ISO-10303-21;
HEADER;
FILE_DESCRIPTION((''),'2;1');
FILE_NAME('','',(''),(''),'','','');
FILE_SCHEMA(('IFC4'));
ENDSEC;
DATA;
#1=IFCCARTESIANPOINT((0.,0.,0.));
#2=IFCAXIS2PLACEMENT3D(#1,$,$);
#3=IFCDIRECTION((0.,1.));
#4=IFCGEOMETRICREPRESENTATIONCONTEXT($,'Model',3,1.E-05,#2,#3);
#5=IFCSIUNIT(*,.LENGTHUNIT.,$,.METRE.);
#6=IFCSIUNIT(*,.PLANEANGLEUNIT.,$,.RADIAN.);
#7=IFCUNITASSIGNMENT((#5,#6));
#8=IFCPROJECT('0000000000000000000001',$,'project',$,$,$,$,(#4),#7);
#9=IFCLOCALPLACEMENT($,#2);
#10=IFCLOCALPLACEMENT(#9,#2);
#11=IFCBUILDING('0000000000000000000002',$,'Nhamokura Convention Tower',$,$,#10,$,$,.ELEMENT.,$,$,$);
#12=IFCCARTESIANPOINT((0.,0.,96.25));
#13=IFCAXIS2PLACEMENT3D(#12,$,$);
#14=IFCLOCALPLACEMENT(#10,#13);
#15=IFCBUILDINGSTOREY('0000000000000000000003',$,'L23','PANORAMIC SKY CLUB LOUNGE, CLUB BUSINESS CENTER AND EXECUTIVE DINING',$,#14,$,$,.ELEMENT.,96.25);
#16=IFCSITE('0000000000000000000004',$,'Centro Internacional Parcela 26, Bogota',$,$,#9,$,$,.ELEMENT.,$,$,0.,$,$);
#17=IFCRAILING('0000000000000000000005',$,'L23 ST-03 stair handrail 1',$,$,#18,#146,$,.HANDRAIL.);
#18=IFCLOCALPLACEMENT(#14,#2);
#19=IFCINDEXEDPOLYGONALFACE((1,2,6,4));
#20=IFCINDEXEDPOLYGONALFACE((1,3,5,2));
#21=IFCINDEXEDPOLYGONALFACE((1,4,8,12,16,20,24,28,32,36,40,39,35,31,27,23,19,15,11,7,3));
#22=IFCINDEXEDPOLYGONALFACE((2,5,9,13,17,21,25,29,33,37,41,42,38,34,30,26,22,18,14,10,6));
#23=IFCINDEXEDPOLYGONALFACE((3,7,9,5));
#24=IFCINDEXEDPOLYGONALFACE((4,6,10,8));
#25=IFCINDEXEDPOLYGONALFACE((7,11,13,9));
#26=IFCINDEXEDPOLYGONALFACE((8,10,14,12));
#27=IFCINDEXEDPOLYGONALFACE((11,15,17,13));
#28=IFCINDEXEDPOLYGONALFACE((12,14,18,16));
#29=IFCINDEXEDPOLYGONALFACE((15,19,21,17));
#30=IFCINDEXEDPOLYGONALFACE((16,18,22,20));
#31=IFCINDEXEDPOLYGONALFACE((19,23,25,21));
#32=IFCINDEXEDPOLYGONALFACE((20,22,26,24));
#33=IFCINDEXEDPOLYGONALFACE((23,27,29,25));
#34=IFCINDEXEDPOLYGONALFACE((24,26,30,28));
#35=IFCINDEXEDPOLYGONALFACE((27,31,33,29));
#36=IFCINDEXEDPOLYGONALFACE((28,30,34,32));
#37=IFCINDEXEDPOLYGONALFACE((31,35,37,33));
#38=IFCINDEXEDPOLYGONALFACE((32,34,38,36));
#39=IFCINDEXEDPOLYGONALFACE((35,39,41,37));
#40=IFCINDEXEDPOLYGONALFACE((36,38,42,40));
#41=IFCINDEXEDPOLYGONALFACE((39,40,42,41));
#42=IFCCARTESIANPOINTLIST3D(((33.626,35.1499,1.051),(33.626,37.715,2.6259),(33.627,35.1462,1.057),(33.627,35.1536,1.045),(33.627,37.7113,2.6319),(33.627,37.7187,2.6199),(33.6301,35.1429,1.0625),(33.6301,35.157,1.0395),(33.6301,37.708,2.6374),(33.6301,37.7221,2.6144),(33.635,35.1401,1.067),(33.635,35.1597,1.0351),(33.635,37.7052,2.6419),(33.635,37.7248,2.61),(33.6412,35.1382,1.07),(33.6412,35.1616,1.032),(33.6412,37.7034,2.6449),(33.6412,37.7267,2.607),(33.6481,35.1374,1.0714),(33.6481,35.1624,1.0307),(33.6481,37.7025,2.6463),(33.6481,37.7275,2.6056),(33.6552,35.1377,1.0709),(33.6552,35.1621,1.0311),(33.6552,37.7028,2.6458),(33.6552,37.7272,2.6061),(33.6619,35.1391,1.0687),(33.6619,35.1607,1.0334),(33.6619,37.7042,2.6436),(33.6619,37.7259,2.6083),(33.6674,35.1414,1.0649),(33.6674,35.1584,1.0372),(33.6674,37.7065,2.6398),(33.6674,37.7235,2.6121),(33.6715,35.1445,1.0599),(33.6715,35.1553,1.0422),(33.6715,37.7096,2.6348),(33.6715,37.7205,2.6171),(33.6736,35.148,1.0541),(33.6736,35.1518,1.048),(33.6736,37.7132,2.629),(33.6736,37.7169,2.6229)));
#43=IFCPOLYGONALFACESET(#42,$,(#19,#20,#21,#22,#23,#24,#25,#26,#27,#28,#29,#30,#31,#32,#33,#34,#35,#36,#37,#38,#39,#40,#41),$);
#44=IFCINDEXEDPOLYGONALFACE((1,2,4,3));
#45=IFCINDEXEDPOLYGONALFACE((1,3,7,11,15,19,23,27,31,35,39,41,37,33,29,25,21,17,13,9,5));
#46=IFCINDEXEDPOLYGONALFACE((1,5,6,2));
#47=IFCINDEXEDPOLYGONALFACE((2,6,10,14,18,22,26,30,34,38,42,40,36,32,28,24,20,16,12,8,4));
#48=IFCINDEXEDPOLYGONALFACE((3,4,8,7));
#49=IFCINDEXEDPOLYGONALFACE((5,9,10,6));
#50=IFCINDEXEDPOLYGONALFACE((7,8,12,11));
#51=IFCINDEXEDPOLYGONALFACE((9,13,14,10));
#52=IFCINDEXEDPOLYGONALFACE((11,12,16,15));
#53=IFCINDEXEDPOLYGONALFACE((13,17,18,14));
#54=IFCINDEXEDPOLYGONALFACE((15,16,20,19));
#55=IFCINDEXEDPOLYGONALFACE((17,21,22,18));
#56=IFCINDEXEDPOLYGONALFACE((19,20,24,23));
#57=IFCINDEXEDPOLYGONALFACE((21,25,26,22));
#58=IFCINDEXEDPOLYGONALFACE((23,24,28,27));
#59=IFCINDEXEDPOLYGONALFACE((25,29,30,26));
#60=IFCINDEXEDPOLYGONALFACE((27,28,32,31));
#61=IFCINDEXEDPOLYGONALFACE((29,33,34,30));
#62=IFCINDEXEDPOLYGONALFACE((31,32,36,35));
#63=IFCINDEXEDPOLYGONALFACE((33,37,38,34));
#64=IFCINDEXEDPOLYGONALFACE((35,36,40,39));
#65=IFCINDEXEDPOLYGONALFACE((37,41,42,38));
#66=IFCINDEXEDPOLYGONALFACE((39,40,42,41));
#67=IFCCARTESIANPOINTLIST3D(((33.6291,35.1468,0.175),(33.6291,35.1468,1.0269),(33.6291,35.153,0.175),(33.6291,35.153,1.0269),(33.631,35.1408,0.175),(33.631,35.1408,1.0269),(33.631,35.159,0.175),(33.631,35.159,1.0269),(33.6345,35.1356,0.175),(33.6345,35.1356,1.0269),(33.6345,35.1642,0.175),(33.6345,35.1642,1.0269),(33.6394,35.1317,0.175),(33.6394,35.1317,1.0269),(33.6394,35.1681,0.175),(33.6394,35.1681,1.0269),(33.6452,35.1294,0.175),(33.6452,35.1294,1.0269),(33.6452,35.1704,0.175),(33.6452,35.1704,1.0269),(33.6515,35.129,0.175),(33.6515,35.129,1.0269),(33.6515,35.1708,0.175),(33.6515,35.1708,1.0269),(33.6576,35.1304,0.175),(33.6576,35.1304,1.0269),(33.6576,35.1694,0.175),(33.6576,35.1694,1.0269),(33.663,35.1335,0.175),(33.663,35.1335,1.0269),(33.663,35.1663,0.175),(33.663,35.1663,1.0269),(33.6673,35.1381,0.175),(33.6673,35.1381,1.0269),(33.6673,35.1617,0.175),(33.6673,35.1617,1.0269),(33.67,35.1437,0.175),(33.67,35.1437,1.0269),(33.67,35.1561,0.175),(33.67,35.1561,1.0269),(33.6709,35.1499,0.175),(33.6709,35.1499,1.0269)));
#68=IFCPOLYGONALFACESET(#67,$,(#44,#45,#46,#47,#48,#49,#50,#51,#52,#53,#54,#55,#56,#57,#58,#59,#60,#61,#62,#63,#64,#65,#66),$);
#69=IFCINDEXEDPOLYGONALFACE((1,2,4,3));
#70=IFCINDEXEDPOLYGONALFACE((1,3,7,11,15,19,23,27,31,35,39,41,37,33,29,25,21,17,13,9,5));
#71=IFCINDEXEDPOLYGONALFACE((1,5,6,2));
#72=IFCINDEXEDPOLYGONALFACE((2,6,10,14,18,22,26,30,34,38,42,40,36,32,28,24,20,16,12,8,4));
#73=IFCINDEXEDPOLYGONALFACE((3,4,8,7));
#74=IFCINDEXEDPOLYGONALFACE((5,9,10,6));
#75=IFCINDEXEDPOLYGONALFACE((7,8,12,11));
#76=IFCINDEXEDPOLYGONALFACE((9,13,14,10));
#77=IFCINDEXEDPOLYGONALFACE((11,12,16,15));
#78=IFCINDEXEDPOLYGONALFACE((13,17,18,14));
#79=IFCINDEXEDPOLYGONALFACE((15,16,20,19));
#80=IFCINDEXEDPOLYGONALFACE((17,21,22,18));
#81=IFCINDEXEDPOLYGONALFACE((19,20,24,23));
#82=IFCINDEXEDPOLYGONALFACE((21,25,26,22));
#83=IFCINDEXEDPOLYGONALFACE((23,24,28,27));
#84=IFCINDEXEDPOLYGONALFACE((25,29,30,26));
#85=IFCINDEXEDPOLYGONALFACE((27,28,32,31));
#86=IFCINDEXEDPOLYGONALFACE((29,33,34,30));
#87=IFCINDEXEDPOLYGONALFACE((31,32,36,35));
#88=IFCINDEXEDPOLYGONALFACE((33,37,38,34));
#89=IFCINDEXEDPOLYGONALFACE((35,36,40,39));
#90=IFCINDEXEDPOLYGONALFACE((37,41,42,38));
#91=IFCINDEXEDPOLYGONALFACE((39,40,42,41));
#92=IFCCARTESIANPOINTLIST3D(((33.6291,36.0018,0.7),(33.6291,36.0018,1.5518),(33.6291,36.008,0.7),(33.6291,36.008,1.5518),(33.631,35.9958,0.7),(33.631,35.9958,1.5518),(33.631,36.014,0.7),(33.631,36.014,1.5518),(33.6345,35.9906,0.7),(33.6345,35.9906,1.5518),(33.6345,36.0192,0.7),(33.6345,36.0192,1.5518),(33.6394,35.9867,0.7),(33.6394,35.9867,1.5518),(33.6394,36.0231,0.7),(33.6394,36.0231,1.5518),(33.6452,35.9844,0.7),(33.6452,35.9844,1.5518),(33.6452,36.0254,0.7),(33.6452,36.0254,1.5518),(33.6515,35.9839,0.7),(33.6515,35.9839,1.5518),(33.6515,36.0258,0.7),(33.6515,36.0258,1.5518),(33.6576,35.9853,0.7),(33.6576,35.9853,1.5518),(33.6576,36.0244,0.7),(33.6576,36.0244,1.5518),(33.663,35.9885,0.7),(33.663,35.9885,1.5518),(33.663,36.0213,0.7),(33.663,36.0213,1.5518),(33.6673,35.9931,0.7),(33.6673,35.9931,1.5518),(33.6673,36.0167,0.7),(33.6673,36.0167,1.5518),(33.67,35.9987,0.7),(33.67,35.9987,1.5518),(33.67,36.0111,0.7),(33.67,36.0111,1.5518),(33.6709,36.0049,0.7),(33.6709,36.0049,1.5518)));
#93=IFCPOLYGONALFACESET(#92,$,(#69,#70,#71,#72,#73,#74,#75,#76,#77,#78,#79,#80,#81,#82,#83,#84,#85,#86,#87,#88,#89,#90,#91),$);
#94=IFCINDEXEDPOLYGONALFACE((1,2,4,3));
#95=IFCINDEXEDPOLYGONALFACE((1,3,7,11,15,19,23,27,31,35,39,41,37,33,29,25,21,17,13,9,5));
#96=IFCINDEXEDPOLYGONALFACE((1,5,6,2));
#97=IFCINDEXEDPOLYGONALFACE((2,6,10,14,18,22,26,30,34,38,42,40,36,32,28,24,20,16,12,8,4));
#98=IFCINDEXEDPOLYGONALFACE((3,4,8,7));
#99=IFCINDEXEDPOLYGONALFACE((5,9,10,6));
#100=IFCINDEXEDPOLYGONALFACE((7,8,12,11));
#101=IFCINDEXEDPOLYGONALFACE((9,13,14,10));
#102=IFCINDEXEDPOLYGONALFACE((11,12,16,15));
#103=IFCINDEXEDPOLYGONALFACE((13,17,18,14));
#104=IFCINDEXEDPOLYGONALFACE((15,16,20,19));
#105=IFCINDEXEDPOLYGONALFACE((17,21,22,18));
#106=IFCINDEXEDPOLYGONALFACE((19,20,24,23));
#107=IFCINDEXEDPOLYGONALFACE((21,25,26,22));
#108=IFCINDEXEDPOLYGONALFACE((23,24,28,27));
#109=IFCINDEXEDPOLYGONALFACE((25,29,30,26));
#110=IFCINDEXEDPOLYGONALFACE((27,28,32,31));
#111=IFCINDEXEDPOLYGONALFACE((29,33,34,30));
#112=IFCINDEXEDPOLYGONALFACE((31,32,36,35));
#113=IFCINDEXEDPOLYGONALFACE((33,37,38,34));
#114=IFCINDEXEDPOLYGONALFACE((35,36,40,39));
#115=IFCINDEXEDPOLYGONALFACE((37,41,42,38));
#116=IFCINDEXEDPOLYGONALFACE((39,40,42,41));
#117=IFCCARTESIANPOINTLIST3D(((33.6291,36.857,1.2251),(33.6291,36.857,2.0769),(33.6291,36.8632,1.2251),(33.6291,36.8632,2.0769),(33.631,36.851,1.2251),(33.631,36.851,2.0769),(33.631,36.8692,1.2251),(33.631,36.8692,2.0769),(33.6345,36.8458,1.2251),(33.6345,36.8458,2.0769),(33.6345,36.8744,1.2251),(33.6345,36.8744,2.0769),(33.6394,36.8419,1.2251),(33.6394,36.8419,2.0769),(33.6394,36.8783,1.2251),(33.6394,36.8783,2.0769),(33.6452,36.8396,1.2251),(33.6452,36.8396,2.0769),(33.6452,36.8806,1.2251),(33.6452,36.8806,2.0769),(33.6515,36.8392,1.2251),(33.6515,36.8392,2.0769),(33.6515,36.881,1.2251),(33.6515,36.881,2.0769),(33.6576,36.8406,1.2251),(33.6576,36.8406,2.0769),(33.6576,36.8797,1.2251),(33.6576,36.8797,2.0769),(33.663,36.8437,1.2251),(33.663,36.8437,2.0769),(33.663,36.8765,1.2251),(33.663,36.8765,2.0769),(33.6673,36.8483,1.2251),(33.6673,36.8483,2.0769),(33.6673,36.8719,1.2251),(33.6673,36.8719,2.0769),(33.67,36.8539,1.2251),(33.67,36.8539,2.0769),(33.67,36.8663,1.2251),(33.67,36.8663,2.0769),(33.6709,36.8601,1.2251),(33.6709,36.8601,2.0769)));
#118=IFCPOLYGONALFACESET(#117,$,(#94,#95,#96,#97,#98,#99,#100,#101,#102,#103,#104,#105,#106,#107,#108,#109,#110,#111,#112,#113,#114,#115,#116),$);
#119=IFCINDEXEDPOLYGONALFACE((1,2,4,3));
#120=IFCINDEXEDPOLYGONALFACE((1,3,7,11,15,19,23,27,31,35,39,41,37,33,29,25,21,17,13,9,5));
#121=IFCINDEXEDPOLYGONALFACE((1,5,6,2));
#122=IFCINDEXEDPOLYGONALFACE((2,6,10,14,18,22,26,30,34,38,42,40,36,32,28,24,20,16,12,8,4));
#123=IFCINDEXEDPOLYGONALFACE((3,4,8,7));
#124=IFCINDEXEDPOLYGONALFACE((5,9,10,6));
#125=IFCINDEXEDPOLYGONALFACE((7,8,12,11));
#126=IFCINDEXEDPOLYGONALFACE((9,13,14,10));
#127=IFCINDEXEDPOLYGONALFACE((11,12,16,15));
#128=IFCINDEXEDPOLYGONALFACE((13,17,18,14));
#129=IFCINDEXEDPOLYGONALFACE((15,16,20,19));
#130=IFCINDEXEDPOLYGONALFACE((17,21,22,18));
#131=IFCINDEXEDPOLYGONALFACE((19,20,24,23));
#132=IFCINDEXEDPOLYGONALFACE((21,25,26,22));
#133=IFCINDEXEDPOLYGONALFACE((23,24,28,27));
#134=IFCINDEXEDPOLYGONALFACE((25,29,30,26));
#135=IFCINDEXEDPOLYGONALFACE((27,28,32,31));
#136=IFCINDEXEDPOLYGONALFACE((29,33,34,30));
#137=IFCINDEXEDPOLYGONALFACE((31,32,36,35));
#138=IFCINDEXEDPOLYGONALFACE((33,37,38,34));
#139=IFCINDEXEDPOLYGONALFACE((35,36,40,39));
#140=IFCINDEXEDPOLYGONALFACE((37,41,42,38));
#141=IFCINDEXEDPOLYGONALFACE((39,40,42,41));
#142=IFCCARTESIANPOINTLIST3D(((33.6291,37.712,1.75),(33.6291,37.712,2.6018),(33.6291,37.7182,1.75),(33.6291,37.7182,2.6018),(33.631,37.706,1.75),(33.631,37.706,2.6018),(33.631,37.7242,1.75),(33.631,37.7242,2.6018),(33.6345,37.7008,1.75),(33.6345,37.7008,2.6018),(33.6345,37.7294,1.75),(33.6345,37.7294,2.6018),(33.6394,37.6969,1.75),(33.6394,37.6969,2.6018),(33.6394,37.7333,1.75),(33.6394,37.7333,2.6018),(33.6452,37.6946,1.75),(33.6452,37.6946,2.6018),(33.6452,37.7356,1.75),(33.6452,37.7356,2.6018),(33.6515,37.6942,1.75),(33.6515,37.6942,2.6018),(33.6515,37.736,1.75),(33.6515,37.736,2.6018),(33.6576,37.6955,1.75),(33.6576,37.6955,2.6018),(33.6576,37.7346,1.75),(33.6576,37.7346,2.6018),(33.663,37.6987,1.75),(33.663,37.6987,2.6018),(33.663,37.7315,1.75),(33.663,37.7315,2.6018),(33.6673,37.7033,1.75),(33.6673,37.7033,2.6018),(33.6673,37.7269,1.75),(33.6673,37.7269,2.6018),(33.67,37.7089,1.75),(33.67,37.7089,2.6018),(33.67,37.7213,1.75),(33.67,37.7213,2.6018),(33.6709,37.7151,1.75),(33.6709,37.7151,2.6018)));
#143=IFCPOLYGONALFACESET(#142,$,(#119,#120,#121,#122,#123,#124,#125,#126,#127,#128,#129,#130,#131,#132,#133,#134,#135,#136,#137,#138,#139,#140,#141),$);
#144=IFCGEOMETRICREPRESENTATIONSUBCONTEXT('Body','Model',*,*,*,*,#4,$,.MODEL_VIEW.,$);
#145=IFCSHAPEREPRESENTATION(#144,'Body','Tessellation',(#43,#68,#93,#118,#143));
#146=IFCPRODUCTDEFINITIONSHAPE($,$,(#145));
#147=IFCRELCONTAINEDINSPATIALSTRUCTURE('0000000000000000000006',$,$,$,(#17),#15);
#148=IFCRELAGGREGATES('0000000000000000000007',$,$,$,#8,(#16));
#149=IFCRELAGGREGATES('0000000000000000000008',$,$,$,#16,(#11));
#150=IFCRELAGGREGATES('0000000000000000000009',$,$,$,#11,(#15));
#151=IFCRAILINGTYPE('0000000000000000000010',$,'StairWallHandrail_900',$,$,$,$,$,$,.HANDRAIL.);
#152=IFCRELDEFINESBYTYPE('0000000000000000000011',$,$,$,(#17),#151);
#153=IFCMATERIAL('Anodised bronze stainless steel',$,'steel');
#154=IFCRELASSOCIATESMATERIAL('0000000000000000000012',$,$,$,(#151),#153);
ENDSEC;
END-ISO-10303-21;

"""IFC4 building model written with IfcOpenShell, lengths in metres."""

from ifc_helpers import new_model, si_unit, direction, frame, origin, origin_2d, place, context, subcontext, project, spatial, circle, extrude, material, type_object, element, save


model = new_model("IFC4")

# Units and contexts
model_context = context("Model", 3, precision=1e-05, world=origin(), true_north=direction((0.0, 1.0)))
body_context = subcontext(model_context, "Body", "Model", "MODEL_VIEW")
ifc_project = project(units=[si_unit("LENGTHUNIT", "METRE"), si_unit("PLANEANGLEUNIT", "RADIAN")], contexts=[model_context])

# Site, building, storey
site_placement = place(None, origin())
site = spatial("IfcSite", under=ifc_project, at=site_placement, Name="Centro Internacional Parcela 26, Bogota", CompositionType="ELEMENT", RefElevation=0.0)
building_placement = place(site_placement, origin())
building = spatial("IfcBuilding", under=site, at=building_placement, Name="Nhamokura Convention Tower", CompositionType="ELEMENT")
storey_placement = place(building_placement, frame((0.0, 0.0, 96.25)))
storey = spatial("IfcBuildingStorey", under=building, at=storey_placement, Name="L23", Description="PANORAMIC SKY CLUB LOUNGE, CLUB BUSINESS CENTER AND EXECUTIVE DINING", CompositionType="ELEMENT", Elevation=96.25)

# Railing
ifc_material_1 = material(Name="Anodised bronze stainless steel", Category="steel")
railing_type_1 = type_object("IfcRailingType", Name="StairWallHandrail_900", PredefinedType="HANDRAIL", material=ifc_material_1)
railing_1_placement = place(storey_placement, frame((33.6499, 35.1499, 0.175)))
element("IfcRailing", 1, at=railing_1_placement, inside=storey, type_object=railing_type_1, Name="L23 ST-03 stair handrail 1", PredefinedType="HANDRAIL", context=body_context, shape_type="SweptSolid", body=[
    extrude(circle(Radius=0.0239, at=origin_2d()), frame((0.0, 0.0, 0.876), z_axis=(0.0, 0.852195, 0.523224), x_axis=(-1.0, 0.0, 0.0)), (0.0, 0.0, 1.0), 3.01),
    extrude(circle(Radius=0.021, at=origin_2d()), origin(), (0.0, 0.0, 1.0), 0.8518),
    extrude(circle(Radius=0.021, at=origin_2d()), frame((0.0, 0.855, 0.5249)), (0.0, 0.0, 1.0), 0.8518),
    extrude(circle(Radius=0.021, at=origin_2d()), frame((0.0, 1.7102, 1.05)), (0.0, 0.0, 1.0), 0.8518),
    extrude(circle(Radius=0.021, at=origin_2d()), frame((0.0, 2.5652, 1.575)), (0.0, 0.0, 1.0), 0.8518),
])

save(model, "model.ifc")
